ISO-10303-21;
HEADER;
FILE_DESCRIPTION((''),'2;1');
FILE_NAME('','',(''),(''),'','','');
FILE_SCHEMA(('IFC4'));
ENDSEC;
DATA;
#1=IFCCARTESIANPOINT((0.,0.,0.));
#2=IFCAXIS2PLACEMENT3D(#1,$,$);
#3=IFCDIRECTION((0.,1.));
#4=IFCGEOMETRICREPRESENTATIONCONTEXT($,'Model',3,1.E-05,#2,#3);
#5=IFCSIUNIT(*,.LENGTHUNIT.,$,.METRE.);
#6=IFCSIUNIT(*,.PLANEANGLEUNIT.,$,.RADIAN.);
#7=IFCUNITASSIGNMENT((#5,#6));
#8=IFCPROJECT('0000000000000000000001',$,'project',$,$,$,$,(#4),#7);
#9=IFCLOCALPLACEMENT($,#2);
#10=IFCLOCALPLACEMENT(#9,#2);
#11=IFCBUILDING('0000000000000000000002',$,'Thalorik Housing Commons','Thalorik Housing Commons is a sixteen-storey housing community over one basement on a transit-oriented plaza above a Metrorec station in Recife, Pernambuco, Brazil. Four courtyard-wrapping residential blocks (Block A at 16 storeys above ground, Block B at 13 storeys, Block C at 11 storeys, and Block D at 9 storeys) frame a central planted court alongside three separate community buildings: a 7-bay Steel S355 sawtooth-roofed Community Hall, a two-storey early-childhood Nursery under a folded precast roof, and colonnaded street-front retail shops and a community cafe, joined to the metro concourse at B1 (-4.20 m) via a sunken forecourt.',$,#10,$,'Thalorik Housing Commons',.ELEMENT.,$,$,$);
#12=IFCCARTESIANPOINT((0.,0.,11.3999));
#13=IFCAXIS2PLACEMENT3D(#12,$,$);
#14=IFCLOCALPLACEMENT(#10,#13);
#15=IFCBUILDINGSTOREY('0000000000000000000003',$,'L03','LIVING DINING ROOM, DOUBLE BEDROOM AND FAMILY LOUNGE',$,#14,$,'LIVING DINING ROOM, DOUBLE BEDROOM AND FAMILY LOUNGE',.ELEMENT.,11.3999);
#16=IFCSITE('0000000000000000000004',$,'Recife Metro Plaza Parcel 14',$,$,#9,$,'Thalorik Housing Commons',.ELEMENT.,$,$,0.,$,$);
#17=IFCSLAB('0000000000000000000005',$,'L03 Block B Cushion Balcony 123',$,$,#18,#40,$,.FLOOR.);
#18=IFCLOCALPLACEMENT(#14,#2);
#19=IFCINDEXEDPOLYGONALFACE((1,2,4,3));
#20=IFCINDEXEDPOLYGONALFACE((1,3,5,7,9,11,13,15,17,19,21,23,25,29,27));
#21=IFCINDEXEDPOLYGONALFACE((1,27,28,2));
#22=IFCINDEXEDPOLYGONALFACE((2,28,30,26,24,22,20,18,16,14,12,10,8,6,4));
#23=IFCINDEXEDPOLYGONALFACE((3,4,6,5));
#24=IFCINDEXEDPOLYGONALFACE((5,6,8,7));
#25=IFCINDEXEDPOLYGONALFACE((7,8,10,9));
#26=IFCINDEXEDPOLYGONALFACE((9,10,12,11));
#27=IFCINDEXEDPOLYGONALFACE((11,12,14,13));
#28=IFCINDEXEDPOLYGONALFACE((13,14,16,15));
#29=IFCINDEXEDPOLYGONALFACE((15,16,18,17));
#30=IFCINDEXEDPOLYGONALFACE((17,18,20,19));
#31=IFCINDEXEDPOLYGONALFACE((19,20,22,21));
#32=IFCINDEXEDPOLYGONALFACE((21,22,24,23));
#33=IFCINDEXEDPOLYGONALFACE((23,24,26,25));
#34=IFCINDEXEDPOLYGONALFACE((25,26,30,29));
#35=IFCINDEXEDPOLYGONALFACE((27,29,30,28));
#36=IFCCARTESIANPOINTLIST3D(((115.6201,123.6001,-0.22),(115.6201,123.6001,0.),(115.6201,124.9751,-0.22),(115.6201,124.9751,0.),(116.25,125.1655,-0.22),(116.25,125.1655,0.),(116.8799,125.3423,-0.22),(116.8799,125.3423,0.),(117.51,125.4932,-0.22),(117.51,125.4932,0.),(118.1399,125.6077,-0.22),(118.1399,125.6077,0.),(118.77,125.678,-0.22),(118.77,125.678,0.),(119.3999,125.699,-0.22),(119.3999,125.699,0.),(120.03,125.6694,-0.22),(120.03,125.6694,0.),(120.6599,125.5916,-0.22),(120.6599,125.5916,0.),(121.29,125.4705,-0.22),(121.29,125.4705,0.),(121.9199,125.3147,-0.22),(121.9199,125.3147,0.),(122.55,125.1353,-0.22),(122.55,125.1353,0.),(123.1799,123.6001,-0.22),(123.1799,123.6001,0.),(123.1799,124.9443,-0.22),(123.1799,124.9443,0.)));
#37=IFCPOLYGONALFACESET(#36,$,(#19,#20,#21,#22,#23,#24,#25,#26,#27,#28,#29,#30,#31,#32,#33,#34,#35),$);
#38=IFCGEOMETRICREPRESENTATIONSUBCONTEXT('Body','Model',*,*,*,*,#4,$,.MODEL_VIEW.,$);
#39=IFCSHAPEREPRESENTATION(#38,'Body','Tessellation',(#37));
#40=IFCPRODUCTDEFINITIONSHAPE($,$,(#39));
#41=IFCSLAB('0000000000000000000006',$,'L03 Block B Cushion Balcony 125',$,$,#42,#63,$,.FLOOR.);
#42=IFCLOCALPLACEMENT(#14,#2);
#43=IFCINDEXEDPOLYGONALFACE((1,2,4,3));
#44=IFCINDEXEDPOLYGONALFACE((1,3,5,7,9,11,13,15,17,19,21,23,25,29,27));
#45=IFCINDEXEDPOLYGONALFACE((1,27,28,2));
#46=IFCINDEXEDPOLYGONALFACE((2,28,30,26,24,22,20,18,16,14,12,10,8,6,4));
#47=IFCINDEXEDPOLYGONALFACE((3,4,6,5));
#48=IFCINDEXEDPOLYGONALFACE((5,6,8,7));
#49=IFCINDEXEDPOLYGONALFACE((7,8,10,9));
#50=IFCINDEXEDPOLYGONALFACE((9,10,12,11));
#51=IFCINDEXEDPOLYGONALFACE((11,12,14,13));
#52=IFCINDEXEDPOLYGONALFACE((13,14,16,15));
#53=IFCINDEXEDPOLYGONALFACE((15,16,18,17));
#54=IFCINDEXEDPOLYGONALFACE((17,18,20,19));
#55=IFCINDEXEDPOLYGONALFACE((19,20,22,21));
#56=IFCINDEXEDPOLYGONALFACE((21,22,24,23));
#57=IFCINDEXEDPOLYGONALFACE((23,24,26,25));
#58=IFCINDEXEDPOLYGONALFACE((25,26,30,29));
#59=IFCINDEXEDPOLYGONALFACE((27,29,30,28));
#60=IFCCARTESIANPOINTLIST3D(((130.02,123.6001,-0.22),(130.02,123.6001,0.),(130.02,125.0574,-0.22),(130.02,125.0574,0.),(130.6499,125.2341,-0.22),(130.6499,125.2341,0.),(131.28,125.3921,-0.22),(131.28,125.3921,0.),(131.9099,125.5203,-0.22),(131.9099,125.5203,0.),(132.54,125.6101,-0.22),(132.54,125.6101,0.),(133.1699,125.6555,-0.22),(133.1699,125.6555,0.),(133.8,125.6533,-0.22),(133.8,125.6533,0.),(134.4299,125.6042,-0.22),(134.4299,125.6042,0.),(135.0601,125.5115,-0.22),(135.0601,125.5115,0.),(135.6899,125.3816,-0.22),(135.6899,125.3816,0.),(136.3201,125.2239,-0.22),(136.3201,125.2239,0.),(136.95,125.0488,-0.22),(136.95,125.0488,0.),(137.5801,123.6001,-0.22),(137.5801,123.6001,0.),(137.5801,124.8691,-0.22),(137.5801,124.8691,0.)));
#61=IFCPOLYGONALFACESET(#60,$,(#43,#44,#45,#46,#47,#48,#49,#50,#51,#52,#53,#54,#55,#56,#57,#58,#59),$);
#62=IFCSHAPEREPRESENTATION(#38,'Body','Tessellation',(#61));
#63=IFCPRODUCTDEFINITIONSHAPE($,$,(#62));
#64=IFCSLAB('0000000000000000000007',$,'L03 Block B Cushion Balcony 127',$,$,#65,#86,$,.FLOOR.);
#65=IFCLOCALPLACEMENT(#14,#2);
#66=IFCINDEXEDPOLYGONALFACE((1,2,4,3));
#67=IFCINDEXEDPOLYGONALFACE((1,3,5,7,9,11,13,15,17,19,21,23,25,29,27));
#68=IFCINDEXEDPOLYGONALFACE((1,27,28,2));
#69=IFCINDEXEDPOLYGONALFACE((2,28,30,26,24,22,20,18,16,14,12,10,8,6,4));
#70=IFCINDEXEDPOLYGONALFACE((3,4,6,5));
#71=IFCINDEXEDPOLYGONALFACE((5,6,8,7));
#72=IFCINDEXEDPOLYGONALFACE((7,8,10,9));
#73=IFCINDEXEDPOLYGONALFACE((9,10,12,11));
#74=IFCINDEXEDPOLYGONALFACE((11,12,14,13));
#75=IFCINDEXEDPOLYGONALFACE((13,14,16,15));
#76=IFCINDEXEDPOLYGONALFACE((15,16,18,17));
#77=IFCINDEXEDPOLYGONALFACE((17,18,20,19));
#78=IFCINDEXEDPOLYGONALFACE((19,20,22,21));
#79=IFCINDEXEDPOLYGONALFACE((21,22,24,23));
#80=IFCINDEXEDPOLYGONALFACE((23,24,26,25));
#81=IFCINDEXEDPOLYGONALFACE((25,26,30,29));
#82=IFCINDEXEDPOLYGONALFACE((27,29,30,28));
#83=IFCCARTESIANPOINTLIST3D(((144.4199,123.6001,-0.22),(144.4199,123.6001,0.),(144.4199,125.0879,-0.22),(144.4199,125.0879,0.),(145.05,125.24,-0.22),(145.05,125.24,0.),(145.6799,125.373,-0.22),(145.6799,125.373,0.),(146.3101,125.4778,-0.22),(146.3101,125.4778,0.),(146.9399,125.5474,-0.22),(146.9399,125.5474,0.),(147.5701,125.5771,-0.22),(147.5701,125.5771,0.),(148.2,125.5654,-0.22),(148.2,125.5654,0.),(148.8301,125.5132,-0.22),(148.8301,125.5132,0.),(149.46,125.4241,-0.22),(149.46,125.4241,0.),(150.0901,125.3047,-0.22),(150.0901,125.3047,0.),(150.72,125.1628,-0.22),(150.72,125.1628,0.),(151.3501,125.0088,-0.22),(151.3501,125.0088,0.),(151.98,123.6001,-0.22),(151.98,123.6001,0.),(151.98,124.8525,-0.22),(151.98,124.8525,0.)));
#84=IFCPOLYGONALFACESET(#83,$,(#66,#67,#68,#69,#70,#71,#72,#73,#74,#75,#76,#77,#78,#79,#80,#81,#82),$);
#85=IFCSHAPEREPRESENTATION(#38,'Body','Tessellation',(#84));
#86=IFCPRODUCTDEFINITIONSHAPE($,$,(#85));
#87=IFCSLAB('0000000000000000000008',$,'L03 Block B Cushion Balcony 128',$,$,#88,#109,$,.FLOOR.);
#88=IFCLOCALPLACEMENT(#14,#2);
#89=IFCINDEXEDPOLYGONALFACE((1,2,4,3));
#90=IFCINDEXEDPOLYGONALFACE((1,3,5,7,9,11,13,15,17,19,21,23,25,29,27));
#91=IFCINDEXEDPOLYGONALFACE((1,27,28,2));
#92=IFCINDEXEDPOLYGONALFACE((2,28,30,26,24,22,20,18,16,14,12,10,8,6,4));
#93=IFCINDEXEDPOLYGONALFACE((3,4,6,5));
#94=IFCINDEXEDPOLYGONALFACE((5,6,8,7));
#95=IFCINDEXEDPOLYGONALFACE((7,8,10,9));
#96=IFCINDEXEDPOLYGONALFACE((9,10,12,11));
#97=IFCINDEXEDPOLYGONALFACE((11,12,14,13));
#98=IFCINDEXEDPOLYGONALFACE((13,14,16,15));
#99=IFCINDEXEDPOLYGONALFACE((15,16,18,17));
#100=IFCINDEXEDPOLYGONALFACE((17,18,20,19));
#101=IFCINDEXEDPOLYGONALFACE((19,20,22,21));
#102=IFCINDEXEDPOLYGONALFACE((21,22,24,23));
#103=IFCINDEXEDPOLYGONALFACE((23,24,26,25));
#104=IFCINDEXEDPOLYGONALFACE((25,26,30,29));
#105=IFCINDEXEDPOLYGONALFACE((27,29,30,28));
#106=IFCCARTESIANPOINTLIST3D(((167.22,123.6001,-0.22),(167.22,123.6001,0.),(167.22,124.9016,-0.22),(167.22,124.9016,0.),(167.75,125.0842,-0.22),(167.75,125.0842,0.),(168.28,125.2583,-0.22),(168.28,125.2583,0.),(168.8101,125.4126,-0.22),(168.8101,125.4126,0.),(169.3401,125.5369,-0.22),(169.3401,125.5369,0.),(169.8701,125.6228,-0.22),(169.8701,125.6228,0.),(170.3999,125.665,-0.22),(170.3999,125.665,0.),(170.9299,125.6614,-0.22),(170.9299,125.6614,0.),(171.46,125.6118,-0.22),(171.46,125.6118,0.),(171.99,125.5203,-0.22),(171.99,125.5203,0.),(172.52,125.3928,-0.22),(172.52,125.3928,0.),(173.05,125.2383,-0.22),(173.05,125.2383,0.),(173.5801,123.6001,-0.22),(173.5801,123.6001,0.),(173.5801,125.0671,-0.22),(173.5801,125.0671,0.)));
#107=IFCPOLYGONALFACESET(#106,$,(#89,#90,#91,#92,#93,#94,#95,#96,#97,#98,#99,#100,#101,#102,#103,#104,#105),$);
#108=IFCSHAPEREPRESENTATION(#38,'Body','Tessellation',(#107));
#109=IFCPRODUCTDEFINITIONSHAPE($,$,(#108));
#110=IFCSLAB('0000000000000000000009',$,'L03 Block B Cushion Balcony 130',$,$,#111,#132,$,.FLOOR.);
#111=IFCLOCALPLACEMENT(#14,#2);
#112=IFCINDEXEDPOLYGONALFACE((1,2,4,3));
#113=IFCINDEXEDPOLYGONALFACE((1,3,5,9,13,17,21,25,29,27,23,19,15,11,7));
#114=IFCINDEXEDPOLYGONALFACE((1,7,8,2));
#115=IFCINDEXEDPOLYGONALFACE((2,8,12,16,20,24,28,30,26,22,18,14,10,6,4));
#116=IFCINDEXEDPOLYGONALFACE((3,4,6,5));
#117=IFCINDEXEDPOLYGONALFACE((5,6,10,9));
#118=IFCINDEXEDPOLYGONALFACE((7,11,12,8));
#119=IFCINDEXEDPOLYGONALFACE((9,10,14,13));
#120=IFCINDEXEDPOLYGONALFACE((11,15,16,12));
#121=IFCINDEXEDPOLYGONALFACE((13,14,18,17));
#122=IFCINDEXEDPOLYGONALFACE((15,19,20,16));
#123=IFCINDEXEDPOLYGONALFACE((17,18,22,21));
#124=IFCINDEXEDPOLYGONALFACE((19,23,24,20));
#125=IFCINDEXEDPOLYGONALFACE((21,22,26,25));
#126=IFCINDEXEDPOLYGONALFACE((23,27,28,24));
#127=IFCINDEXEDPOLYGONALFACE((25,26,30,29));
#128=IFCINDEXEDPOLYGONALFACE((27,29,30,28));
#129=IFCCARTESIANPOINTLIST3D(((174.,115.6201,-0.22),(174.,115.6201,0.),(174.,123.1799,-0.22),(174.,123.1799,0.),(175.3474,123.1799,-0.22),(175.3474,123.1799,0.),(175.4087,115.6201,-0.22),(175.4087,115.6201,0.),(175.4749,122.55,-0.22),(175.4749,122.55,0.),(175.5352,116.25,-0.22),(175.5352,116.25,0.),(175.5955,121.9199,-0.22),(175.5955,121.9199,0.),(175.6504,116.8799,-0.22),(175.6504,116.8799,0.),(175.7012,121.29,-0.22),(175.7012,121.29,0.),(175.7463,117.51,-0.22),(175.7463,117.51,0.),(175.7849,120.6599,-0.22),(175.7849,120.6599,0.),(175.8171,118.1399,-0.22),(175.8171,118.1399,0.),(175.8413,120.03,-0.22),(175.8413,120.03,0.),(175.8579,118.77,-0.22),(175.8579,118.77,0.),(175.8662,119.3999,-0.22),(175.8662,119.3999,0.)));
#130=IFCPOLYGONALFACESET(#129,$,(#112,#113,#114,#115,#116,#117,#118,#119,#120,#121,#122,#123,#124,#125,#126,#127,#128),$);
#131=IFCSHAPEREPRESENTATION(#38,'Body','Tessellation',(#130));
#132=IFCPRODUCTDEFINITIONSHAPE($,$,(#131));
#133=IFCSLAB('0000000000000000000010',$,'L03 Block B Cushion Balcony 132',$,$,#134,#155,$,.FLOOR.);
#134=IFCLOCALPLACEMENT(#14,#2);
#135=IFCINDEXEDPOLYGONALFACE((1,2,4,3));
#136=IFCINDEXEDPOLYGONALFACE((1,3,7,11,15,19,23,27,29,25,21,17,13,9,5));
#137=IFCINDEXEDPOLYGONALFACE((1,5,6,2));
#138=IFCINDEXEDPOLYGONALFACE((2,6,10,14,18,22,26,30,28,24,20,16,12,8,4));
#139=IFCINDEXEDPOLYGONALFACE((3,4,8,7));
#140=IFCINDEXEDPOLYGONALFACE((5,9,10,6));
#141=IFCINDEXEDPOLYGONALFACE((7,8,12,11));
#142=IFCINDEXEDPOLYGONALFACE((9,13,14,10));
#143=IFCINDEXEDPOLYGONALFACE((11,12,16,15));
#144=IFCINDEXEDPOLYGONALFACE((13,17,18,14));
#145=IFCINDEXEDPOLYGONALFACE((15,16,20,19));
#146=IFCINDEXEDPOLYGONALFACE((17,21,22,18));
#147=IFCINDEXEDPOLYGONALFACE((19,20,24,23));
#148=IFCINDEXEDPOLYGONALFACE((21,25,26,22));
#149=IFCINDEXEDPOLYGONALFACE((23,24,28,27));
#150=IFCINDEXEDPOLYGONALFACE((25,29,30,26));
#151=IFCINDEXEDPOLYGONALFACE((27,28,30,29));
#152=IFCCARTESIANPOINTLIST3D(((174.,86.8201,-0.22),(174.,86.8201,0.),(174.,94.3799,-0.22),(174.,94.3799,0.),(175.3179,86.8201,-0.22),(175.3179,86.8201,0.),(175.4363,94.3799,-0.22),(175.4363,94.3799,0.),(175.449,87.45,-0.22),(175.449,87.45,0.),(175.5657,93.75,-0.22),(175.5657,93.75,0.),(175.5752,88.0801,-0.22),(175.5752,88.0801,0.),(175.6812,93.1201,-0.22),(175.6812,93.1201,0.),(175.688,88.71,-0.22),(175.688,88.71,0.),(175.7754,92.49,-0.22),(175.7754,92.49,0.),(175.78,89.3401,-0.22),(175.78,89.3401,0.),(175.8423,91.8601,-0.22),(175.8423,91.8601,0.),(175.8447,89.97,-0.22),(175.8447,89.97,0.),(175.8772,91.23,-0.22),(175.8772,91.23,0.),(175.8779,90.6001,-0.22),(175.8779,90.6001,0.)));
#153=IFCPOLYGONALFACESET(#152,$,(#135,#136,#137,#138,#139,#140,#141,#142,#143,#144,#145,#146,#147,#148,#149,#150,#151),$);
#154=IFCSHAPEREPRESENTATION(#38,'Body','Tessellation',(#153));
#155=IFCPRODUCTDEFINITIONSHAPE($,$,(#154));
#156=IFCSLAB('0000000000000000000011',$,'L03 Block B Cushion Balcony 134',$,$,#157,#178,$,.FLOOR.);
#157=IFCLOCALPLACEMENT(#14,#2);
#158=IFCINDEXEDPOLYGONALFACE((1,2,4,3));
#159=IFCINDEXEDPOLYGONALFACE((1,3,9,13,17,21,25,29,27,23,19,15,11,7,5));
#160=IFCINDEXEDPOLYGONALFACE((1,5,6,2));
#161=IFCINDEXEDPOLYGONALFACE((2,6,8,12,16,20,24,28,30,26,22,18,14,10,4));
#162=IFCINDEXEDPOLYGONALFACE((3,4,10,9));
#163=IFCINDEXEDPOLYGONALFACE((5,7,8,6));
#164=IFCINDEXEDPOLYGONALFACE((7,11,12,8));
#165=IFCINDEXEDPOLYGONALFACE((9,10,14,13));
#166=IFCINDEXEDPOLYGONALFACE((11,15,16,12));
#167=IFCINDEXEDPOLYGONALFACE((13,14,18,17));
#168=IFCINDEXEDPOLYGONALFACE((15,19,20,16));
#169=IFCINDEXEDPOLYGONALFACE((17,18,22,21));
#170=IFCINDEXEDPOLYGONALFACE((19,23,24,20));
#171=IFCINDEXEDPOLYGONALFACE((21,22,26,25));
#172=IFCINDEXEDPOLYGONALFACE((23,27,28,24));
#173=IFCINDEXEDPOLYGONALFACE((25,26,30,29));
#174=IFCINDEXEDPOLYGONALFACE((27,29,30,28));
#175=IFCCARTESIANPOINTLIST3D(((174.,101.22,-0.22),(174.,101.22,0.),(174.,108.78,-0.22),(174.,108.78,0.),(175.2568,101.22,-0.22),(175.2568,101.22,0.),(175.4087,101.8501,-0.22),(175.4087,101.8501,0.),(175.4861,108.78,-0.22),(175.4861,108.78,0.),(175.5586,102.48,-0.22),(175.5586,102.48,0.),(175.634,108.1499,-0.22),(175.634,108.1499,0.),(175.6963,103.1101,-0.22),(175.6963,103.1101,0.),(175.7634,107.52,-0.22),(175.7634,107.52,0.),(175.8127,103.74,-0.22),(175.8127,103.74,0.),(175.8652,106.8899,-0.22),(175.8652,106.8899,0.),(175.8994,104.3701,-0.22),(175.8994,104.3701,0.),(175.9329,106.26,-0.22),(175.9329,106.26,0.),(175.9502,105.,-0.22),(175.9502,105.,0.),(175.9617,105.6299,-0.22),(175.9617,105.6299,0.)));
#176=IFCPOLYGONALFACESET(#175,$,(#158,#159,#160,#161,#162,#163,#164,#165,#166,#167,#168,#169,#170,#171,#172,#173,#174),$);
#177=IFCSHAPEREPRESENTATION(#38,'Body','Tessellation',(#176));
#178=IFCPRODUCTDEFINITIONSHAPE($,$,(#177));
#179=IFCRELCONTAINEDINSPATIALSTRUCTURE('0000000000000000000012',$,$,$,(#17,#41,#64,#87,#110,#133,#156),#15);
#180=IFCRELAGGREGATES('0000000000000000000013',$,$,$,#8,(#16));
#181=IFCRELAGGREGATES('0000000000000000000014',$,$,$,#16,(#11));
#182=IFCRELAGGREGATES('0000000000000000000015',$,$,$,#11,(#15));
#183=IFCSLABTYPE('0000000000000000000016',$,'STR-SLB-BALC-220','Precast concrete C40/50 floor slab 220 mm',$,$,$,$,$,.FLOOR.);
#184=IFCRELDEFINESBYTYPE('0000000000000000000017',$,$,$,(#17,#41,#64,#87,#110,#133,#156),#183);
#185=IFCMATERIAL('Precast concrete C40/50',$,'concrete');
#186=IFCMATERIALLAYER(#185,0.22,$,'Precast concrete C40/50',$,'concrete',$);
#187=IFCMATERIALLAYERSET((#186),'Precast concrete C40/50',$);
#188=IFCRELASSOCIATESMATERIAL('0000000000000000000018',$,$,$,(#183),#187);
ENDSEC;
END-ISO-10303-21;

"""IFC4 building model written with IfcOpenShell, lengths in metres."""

from ifc_helpers import new_model, si_unit, direction, frame, origin, place, context, subcontext, project, spatial, polyline, outline, extrude, material, layer, layer_set, type_object, element, save


model = new_model("IFC4")

# Units and contexts
model_context = context("Model", 3, precision=1e-05, world=origin(), true_north=direction((0.0, 1.0)))
body_context = subcontext(model_context, "Body", "Model", "MODEL_VIEW")
ifc_project = project(units=[si_unit("LENGTHUNIT", "METRE"), si_unit("PLANEANGLEUNIT", "RADIAN")], contexts=[model_context])

# Site, building, storey
site_placement = place(None, origin())
site = spatial("IfcSite", under=ifc_project, at=site_placement, Name="Recife Metro Plaza Parcel 14", LongName="Thalorik Housing Commons", CompositionType="ELEMENT", RefElevation=0.0)
building_placement = place(site_placement, origin())
building = spatial("IfcBuilding", under=site, at=building_placement, Name="Thalorik Housing Commons", Description="Thalorik Housing Commons is a sixteen-storey housing community over one basement on a transit-oriented plaza above a Metrorec station in Recife, Pernambuco, Brazil. Four courtyard-wrapping residential blocks (Block A at 16 storeys above ground, Block B at 13 storeys, Block C at 11 storeys, and Block D at 9 storeys) frame a central planted court alongside three separate community buildings: a 7-bay Steel S355 sawtooth-roofed Community Hall, a two-storey early-childhood Nursery under a folded precast roof, and colonnaded street-front retail shops and a community cafe, joined to the metro concourse at B1 (-4.20 m) via a sunken forecourt.", LongName="Thalorik Housing Commons", CompositionType="ELEMENT")
storey_placement = place(building_placement, frame((0.0, 0.0, 11.3999)))
storey = spatial("IfcBuildingStorey", under=building, at=storey_placement, Name="L03", Description="LIVING DINING ROOM, DOUBLE BEDROOM AND FAMILY LOUNGE", LongName="LIVING DINING ROOM, DOUBLE BEDROOM AND FAMILY LOUNGE", CompositionType="ELEMENT", Elevation=11.3999)

# Slabs
ifc_material_1 = material(Name="Precast concrete C40/50", Category="concrete")
ifc_layer_1 = layer(ifc_material_1, 0.22, Name="Precast concrete C40/50", Category="concrete")
ifc_layer_set_1 = layer_set([ifc_layer_1], Name="Precast concrete C40/50")
slab_type_1 = type_object("IfcSlabType", Name="STR-SLB-BALC-220", Description="Precast concrete C40/50 floor slab 220 mm", PredefinedType="FLOOR", material=ifc_layer_set_1)
slab_1_placement = place(storey_placement, frame((0.0, 0.0, -0.22)))
element("IfcSlab", 1, at=slab_1_placement, inside=storey, type_object=slab_type_1, Name="L03 Block B Cushion Balcony 123", PredefinedType="FLOOR", context=body_context, shape_type="SweptSolid", body=[
    extrude(outline(polyline([(115.6201, 123.6001), (123.1799, 123.6001), (123.1799, 124.9443), (122.55, 125.1353), (121.9199, 125.3147), (121.29, 125.4705), (120.6599, 125.5916), (120.03, 125.6694), (119.3999, 125.699), (118.77, 125.678), (118.1399, 125.6077), (117.51, 125.4932), (116.8799, 125.3423), (116.25, 125.1655), (115.6201, 124.9751), (115.6201, 123.6001)])), origin(), (0.0, 0.0, 1.0), 0.22),
])
slab_2_placement = place(storey_placement, frame((0.0, 0.0, -0.22)))
element("IfcSlab", 2, at=slab_2_placement, inside=storey, type_object=slab_type_1, Name="L03 Block B Cushion Balcony 125", PredefinedType="FLOOR", context=body_context, shape_type="SweptSolid", body=[
    extrude(outline(polyline([(130.02, 123.6001), (137.5801, 123.6001), (137.5801, 124.8691), (136.95, 125.0488), (136.3201, 125.2239), (135.6899, 125.3816), (135.0601, 125.5115), (134.4299, 125.6042), (133.8, 125.6533), (133.1699, 125.6555), (132.54, 125.6101), (131.9099, 125.5203), (131.28, 125.3921), (130.6499, 125.2341), (130.02, 125.0574), (130.02, 123.6001)])), origin(), (0.0, 0.0, 1.0), 0.22),
])
slab_3_placement = place(storey_placement, frame((0.0, 0.0, -0.22)))
element("IfcSlab", 3, at=slab_3_placement, inside=storey, type_object=slab_type_1, Name="L03 Block B Cushion Balcony 127", PredefinedType="FLOOR", context=body_context, shape_type="SweptSolid", body=[
    extrude(outline(polyline([(144.4199, 123.6001), (151.98, 123.6001), (151.98, 124.8525), (151.3501, 125.0088), (150.72, 125.1628), (150.0901, 125.3047), (149.46, 125.4241), (148.8301, 125.5132), (148.2, 125.5654), (147.5701, 125.5771), (146.9399, 125.5474), (146.3101, 125.4778), (145.6799, 125.373), (145.05, 125.24), (144.4199, 125.0879), (144.4199, 123.6001)])), origin(), (0.0, 0.0, 1.0), 0.22),
])
slab_4_placement = place(storey_placement, frame((0.0, 0.0, -0.22)))
element("IfcSlab", 4, at=slab_4_placement, inside=storey, type_object=slab_type_1, Name="L03 Block B Cushion Balcony 128", PredefinedType="FLOOR", context=body_context, shape_type="SweptSolid", body=[
    extrude(outline(polyline([(167.22, 123.6001), (173.5801, 123.6001), (173.5801, 125.0671), (173.05, 125.2383), (172.52, 125.3928), (171.99, 125.5203), (171.46, 125.6118), (170.9299, 125.6614), (170.3999, 125.665), (169.8701, 125.6228), (169.3401, 125.5369), (168.8101, 125.4126), (168.28, 125.2583), (167.75, 125.0842), (167.22, 124.9016), (167.22, 123.6001)])), origin(), (0.0, 0.0, 1.0), 0.22),
])
slab_5_placement = place(storey_placement, frame((0.0, 0.0, -0.22)))
element("IfcSlab", 5, at=slab_5_placement, inside=storey, type_object=slab_type_1, Name="L03 Block B Cushion Balcony 130", PredefinedType="FLOOR", context=body_context, shape_type="SweptSolid", body=[
    extrude(outline(polyline([(175.4087, 115.6201), (175.5352, 116.25), (175.6504, 116.8799), (175.7463, 117.51), (175.8171, 118.1399), (175.8579, 118.77), (175.8662, 119.3999), (175.8413, 120.03), (175.7849, 120.6599), (175.7012, 121.29), (175.5955, 121.9199), (175.4749, 122.55), (175.3474, 123.1799), (174.0, 123.1799), (174.0, 115.6201), (175.4087, 115.6201)])), origin(), (0.0, 0.0, 1.0), 0.22),
])
slab_6_placement = place(storey_placement, frame((0.0, 0.0, -0.22)))
element("IfcSlab", 6, at=slab_6_placement, inside=storey, type_object=slab_type_1, Name="L03 Block B Cushion Balcony 132", PredefinedType="FLOOR", context=body_context, shape_type="SweptSolid", body=[
    extrude(outline(polyline([(175.3179, 86.8201), (175.449, 87.45), (175.5752, 88.0801), (175.688, 88.71), (175.78, 89.3401), (175.8447, 89.97), (175.8779, 90.6001), (175.8772, 91.23), (175.8423, 91.8601), (175.7754, 92.49), (175.6812, 93.1201), (175.5657, 93.75), (175.4363, 94.3799), (174.0, 94.3799), (174.0, 86.8201), (175.3179, 86.8201)])), origin(), (0.0, 0.0, 1.0), 0.22),
])
slab_7_placement = place(storey_placement, frame((0.0, 0.0, -0.22)))
element("IfcSlab", 7, at=slab_7_placement, inside=storey, type_object=slab_type_1, Name="L03 Block B Cushion Balcony 134", PredefinedType="FLOOR", context=body_context, shape_type="SweptSolid", body=[
    extrude(outline(polyline([(175.2568, 101.22), (175.4087, 101.8501), (175.5586, 102.48), (175.6963, 103.1101), (175.8127, 103.74), (175.8994, 104.3701), (175.9502, 105.0), (175.9617, 105.6299), (175.9329, 106.26), (175.8652, 106.8899), (175.7634, 107.52), (175.634, 108.1499), (175.4861, 108.78), (174.0, 108.78), (174.0, 101.22), (175.2568, 101.22)])), origin(), (0.0, 0.0, 1.0), 0.22),
])

save(model, "model.ifc")
